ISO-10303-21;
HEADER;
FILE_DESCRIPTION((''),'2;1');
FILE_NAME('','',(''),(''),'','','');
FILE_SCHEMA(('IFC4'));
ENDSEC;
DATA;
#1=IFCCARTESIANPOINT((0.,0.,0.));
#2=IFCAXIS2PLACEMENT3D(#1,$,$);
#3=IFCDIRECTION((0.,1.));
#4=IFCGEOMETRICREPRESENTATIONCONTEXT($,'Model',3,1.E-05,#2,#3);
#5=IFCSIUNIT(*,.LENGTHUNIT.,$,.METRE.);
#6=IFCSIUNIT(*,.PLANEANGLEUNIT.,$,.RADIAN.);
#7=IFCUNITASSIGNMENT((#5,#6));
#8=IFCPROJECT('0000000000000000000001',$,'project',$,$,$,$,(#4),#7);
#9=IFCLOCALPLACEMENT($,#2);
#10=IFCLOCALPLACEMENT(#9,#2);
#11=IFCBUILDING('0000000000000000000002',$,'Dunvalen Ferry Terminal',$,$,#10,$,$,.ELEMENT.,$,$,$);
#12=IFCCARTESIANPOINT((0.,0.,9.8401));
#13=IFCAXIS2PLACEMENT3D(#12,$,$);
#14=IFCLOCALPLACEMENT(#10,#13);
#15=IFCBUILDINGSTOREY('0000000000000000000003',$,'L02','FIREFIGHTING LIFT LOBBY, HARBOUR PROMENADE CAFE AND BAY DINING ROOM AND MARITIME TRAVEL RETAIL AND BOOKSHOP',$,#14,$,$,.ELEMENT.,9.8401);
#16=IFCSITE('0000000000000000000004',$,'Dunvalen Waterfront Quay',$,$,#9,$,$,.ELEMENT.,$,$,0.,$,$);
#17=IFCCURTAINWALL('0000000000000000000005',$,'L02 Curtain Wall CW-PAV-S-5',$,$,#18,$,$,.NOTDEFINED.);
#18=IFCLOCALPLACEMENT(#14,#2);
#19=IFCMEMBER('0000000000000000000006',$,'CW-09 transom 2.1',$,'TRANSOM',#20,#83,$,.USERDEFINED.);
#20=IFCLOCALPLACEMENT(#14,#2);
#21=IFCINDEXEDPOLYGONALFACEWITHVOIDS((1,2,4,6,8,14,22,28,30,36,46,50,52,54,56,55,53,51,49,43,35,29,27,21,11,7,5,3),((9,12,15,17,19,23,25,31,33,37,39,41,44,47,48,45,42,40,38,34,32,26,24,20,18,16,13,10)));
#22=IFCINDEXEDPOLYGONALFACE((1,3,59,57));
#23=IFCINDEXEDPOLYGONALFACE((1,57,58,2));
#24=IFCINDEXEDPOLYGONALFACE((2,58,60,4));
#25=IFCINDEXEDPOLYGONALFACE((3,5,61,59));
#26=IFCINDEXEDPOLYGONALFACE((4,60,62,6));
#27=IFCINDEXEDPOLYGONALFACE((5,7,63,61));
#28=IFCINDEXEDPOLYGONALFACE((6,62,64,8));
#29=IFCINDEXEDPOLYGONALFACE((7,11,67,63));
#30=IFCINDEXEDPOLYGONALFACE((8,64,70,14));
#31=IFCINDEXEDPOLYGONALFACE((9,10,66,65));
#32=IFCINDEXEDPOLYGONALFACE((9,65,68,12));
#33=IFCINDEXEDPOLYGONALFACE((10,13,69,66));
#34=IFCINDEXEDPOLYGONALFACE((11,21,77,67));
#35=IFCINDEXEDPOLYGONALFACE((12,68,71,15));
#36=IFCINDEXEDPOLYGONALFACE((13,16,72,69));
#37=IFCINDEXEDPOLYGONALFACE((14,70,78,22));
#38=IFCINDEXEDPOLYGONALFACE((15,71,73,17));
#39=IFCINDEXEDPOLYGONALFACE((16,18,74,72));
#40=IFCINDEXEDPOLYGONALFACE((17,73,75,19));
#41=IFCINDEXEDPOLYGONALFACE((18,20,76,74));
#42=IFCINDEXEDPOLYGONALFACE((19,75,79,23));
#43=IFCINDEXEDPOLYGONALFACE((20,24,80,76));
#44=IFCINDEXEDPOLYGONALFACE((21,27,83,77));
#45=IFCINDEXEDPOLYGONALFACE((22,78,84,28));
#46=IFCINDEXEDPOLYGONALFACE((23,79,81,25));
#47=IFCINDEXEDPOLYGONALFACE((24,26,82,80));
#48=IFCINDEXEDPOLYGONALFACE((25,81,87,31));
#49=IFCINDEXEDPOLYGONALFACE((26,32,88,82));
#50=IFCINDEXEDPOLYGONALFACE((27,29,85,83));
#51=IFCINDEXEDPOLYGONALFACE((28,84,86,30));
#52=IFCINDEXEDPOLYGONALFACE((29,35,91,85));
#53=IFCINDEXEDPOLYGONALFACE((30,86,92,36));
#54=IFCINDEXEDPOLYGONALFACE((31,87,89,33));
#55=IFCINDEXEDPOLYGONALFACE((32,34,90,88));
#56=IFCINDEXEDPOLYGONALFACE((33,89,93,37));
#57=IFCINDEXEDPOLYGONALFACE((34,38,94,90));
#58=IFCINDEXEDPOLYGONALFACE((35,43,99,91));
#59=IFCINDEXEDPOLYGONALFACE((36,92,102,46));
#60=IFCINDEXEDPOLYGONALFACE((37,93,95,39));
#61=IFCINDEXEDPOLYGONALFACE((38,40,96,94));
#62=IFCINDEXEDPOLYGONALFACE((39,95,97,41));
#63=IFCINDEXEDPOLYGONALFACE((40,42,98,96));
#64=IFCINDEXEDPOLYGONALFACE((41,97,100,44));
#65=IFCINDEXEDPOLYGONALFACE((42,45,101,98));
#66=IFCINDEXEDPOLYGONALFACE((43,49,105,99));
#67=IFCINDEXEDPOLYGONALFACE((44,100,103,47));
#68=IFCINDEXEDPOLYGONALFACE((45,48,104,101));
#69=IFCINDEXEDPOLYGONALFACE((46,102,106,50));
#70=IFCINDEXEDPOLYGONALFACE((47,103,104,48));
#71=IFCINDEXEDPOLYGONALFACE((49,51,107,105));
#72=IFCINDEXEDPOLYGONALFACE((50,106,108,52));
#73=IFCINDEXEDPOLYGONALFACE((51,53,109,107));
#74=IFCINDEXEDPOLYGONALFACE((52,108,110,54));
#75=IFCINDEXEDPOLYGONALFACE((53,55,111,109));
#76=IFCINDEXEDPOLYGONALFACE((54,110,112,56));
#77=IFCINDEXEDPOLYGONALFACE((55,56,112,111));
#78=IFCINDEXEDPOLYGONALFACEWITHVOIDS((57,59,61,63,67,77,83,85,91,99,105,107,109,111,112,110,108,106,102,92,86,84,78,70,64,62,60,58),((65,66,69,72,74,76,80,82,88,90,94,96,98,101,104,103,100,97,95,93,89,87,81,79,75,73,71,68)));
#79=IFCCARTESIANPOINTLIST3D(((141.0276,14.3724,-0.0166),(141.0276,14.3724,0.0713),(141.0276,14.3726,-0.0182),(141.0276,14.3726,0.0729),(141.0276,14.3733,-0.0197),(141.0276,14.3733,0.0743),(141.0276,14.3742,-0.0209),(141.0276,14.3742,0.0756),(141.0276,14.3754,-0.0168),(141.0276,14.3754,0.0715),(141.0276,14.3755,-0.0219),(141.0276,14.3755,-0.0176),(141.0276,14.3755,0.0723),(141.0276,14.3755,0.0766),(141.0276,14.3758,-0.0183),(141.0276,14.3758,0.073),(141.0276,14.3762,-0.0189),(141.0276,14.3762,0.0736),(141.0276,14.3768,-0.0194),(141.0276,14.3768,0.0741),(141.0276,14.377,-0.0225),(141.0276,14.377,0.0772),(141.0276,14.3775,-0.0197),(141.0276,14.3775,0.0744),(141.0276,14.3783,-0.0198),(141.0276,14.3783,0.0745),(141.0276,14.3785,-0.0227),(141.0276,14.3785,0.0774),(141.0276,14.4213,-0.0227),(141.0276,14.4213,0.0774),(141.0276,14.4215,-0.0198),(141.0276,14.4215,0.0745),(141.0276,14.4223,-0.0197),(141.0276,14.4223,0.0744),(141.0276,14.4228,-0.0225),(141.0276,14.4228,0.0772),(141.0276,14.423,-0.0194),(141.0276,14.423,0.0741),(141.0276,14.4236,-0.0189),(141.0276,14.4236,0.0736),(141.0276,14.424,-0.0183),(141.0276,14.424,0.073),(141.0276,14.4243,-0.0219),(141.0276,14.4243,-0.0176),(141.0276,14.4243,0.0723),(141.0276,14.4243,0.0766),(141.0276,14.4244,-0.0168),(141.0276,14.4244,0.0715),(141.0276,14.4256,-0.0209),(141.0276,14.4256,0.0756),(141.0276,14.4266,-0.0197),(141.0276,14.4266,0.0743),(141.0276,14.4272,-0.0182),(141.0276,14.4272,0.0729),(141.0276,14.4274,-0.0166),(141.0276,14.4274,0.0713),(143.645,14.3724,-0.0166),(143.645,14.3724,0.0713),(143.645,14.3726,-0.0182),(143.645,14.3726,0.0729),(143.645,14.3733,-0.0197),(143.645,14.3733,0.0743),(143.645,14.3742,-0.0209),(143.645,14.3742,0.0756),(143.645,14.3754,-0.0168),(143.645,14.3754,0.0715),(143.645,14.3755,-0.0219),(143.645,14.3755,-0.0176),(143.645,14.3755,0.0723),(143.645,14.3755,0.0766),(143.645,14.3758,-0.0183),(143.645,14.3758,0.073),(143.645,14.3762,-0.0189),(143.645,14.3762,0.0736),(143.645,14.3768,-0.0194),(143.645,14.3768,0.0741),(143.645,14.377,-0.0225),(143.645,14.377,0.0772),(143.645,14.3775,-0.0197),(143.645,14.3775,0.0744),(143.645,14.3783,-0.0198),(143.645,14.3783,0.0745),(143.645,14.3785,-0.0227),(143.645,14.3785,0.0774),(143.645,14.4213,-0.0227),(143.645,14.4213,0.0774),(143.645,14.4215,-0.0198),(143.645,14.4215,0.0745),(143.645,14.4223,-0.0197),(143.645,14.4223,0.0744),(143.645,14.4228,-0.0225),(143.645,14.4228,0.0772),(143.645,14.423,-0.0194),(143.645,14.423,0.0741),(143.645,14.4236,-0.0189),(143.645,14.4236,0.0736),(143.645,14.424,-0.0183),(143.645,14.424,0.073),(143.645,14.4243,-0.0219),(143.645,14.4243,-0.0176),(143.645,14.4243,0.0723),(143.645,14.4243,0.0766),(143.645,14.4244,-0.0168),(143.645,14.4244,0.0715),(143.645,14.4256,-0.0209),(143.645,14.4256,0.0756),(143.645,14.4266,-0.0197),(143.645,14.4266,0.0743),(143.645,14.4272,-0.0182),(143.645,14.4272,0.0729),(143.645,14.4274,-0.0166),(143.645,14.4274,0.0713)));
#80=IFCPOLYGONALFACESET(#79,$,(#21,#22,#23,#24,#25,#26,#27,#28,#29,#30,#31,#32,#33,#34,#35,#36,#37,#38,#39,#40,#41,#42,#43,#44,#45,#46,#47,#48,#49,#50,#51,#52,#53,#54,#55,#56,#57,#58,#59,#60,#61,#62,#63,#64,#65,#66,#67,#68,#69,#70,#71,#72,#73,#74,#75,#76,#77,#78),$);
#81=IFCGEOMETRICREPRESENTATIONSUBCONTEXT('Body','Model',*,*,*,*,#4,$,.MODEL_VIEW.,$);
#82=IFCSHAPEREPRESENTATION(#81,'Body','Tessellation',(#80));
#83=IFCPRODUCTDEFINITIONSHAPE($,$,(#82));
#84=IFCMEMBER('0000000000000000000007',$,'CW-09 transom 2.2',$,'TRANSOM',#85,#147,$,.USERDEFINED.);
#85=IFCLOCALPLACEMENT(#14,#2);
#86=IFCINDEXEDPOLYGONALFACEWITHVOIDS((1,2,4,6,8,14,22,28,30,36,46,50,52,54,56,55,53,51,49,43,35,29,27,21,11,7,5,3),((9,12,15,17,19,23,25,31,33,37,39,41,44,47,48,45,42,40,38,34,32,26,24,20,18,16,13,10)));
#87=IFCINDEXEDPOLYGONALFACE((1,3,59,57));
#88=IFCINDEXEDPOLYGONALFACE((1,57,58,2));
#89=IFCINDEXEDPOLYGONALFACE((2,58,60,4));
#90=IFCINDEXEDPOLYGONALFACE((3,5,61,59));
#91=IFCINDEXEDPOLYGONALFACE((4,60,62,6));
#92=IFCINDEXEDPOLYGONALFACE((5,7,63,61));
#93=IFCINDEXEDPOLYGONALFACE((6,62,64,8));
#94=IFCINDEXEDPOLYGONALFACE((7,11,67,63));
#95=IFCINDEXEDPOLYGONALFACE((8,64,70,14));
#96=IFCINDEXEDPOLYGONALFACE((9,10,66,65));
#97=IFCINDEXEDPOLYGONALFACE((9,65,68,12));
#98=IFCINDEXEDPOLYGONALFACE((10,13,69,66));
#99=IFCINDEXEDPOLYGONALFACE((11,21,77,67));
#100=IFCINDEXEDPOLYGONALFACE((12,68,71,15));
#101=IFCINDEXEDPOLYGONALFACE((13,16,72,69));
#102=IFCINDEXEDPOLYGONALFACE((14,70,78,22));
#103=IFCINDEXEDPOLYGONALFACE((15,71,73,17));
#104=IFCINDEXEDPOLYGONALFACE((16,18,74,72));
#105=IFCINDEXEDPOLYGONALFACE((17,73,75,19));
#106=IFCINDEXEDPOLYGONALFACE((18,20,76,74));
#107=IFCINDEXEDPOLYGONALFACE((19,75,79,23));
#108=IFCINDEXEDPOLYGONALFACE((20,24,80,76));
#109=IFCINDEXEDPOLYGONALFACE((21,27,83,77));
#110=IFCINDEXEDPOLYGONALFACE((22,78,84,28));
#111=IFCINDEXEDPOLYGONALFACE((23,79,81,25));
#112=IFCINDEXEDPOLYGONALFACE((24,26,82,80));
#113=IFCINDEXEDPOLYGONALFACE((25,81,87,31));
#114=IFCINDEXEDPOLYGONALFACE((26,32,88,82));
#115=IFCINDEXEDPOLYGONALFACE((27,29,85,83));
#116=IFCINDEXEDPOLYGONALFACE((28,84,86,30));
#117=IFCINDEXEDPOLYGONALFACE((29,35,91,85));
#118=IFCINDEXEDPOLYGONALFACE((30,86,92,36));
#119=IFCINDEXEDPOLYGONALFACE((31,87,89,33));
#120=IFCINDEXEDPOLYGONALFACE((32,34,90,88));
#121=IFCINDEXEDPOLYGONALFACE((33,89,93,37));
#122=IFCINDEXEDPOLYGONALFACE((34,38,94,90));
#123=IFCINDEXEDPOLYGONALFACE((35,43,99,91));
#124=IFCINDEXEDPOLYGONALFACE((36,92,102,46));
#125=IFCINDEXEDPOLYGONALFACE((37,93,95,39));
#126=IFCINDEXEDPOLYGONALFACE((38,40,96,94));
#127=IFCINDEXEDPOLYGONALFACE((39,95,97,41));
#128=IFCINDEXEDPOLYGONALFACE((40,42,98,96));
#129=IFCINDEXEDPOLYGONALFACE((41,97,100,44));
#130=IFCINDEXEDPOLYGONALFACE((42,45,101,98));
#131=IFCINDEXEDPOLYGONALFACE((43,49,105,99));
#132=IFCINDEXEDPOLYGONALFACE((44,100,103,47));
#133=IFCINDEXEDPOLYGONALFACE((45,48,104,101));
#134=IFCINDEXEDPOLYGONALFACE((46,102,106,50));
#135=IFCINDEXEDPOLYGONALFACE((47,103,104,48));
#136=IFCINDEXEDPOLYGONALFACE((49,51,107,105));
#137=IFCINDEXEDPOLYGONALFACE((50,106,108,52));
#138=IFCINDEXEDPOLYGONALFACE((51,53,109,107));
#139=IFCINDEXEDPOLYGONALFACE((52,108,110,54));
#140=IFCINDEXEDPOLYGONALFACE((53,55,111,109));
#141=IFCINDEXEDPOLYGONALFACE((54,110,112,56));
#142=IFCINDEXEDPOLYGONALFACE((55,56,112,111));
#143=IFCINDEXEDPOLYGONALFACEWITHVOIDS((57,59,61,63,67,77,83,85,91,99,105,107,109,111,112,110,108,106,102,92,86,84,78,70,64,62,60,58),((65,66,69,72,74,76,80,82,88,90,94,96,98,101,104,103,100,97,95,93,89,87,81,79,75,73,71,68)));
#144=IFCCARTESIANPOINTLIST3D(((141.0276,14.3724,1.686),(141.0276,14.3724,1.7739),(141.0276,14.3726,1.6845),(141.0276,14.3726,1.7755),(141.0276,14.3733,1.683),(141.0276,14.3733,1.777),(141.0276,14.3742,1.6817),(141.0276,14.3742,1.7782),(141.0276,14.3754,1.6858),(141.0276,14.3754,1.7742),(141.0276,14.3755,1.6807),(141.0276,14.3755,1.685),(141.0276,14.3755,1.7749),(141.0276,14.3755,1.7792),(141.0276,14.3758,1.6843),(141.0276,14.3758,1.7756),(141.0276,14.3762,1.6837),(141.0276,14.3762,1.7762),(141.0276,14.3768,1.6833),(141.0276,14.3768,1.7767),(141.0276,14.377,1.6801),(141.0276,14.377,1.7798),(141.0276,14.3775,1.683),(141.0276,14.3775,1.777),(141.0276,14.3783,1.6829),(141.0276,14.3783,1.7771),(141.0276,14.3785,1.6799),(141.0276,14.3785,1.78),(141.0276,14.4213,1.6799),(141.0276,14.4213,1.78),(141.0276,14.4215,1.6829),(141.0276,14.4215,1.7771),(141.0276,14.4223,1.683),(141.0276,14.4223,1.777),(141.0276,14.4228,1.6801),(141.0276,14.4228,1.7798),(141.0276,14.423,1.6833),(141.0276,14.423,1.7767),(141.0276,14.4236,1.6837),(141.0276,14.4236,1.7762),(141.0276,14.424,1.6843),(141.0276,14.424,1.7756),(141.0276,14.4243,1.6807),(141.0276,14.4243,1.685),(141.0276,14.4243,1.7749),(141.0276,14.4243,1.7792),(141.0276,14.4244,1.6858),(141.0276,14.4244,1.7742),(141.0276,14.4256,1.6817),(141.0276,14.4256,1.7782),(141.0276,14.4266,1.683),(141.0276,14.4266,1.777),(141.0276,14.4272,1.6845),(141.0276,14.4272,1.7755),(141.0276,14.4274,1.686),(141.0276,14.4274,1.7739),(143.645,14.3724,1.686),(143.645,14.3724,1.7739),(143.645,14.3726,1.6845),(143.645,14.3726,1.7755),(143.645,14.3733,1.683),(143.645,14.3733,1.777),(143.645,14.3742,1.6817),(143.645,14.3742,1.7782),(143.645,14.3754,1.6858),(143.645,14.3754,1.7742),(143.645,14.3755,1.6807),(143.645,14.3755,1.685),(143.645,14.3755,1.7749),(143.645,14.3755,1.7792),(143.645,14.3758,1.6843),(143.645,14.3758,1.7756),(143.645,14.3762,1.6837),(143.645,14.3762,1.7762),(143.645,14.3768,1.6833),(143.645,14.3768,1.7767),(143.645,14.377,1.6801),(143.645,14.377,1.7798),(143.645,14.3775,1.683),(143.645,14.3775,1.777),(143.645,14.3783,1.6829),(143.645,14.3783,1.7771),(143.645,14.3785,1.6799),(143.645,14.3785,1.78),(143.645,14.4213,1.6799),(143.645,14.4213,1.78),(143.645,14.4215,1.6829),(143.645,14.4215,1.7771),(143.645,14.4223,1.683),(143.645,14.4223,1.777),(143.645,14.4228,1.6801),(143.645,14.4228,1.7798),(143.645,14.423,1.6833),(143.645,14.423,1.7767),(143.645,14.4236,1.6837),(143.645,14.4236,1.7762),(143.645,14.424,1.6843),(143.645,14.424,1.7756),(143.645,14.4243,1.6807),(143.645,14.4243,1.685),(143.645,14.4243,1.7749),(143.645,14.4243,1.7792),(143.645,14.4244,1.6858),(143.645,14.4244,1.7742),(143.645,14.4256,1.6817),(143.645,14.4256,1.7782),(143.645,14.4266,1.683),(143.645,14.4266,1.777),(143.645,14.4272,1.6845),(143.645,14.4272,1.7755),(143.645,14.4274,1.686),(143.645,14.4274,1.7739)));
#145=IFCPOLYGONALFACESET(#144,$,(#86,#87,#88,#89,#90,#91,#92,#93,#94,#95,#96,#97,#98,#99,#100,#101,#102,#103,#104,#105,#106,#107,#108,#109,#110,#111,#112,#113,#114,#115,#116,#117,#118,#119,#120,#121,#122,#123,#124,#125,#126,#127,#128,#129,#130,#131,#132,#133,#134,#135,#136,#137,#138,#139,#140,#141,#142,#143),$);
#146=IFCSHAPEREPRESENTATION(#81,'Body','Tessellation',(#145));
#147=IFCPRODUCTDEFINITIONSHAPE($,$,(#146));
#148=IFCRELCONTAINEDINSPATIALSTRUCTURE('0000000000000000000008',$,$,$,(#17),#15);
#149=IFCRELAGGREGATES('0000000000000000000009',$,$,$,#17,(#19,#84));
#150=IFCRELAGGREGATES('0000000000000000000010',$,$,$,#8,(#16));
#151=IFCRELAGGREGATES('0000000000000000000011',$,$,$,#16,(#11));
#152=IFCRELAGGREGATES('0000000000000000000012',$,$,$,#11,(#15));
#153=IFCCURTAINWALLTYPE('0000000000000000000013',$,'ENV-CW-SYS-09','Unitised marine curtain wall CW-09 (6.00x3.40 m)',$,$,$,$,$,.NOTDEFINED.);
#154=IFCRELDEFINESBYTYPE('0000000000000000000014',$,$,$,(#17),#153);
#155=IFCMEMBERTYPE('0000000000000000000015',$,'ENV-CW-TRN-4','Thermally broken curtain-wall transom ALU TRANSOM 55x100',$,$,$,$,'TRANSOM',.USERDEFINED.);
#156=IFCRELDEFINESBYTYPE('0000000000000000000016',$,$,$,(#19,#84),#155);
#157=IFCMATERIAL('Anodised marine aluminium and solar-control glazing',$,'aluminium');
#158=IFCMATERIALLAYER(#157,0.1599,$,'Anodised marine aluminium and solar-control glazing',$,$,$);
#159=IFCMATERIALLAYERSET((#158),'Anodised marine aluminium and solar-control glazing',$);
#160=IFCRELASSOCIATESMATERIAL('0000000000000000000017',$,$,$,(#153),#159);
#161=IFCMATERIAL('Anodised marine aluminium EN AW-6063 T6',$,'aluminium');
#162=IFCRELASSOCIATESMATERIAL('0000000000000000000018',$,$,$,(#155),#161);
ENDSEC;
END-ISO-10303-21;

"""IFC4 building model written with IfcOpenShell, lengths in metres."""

from ifc_helpers import new_model, si_unit, direction, frame, origin, origin_2d, place, context, subcontext, project, spatial, hollow_rectangle, extrude, material, layer, layer_set, material_profile, profile_set, type_object, element, aggregate, save


model = new_model("IFC4")

# Units and contexts
model_context = context("Model", 3, precision=1e-05, world=origin(), true_north=direction((0.0, 1.0)))
body_context = subcontext(model_context, "Body", "Model", "MODEL_VIEW")
ifc_project = project(units=[si_unit("LENGTHUNIT", "METRE"), si_unit("PLANEANGLEUNIT", "RADIAN")], contexts=[model_context])

# Site, building, storey
site_placement = place(None, origin())
site = spatial("IfcSite", under=ifc_project, at=site_placement, Name="Dunvalen Waterfront Quay", CompositionType="ELEMENT", RefElevation=0.0)
building_placement = place(site_placement, origin())
building = spatial("IfcBuilding", under=site, at=building_placement, Name="Dunvalen Ferry Terminal", CompositionType="ELEMENT")
storey_placement = place(building_placement, frame((0.0, 0.0, 9.8401)))
storey = spatial("IfcBuildingStorey", under=building, at=storey_placement, Name="L02", Description="FIREFIGHTING LIFT LOBBY, HARBOUR PROMENADE CAFE AND BAY DINING ROOM AND MARITIME TRAVEL RETAIL AND BOOKSHOP", CompositionType="ELEMENT", Elevation=9.8401)

# Curtain wall, members
ifc_material_1 = material(Name="Anodised marine aluminium and solar-control glazing", Category="aluminium")
ifc_layer_1 = layer(ifc_material_1, 0.1599, Name="Anodised marine aluminium and solar-control glazing")
ifc_layer_set_1 = layer_set([ifc_layer_1], Name="Anodised marine aluminium and solar-control glazing")
curtain_wall_type = type_object("IfcCurtainWallType", Name="ENV-CW-SYS-09", Description="Unitised marine curtain wall CW-09 (6.00x3.40 m)", PredefinedType="NOTDEFINED", material=ifc_layer_set_1)
curtain_wall_placement = place(storey_placement, origin())
curtain_wall = element("IfcCurtainWall", 1, at=curtain_wall_placement, inside=storey, type_object=curtain_wall_type, Name="L02 Curtain Wall CW-PAV-S-5", PredefinedType="NOTDEFINED")
ifc_material_2 = material(Name="Anodised marine aluminium EN AW-6063 T6", Category="aluminium")
ifc_material_profile_1 = material_profile(ifc_material_2, hollow_rectangle(XDim=0.0549, YDim=0.1001, WallThickness=0.0029, InnerFilletRadius=0.0029, OuterFilletRadius=0.0061, at=origin_2d()), Name="Anodised marine aluminium EN AW-6063 T6")
ifc_profile_set_1 = profile_set([ifc_material_profile_1], Name="Anodised marine aluminium EN AW-6063 T6")
member_type_1 = type_object("IfcMemberType", Name="ENV-CW-TRN-4", Description="Thermally broken curtain-wall transom ALU TRANSOM 55x100", ElementType="TRANSOM", PredefinedType="USERDEFINED", material=ifc_profile_set_1)
member_1_placement = place(storey_placement, frame((141.0276, 14.3999, 0.0273), z_axis=(1.0, 0.0, 0.0), x_axis=(0.0, 1.0, 0.0)))
member_1 = element("IfcMember", 2, at=member_1_placement, type_object=member_type_1, Name="CW-09 transom 2.1", ObjectType="TRANSOM", PredefinedType="USERDEFINED", context=body_context, shape_type="SweptSolid", body=[
    extrude(hollow_rectangle(XDim=0.0549, YDim=0.1001, WallThickness=0.0029, InnerFilletRadius=0.0029, OuterFilletRadius=0.0061, at=origin_2d()), origin(), (0.0, 0.0, 1.0), 2.6174),
])
member_2_placement = place(storey_placement, frame((141.0276, 14.3999, 1.73), z_axis=(1.0, 0.0, 0.0), x_axis=(0.0, 1.0, 0.0)))
member_2 = element("IfcMember", 3, at=member_2_placement, type_object=member_type_1, Name="CW-09 transom 2.2", ObjectType="TRANSOM", PredefinedType="USERDEFINED", context=body_context, shape_type="SweptSolid", body=[
    extrude(hollow_rectangle(XDim=0.0549, YDim=0.1001, WallThickness=0.0029, InnerFilletRadius=0.0029, OuterFilletRadius=0.0061, at=origin_2d()), origin(), (0.0, 0.0, 1.0), 2.6174),
])

aggregate(curtain_wall, [member_1, member_2])

save(model, "model.ifc")
